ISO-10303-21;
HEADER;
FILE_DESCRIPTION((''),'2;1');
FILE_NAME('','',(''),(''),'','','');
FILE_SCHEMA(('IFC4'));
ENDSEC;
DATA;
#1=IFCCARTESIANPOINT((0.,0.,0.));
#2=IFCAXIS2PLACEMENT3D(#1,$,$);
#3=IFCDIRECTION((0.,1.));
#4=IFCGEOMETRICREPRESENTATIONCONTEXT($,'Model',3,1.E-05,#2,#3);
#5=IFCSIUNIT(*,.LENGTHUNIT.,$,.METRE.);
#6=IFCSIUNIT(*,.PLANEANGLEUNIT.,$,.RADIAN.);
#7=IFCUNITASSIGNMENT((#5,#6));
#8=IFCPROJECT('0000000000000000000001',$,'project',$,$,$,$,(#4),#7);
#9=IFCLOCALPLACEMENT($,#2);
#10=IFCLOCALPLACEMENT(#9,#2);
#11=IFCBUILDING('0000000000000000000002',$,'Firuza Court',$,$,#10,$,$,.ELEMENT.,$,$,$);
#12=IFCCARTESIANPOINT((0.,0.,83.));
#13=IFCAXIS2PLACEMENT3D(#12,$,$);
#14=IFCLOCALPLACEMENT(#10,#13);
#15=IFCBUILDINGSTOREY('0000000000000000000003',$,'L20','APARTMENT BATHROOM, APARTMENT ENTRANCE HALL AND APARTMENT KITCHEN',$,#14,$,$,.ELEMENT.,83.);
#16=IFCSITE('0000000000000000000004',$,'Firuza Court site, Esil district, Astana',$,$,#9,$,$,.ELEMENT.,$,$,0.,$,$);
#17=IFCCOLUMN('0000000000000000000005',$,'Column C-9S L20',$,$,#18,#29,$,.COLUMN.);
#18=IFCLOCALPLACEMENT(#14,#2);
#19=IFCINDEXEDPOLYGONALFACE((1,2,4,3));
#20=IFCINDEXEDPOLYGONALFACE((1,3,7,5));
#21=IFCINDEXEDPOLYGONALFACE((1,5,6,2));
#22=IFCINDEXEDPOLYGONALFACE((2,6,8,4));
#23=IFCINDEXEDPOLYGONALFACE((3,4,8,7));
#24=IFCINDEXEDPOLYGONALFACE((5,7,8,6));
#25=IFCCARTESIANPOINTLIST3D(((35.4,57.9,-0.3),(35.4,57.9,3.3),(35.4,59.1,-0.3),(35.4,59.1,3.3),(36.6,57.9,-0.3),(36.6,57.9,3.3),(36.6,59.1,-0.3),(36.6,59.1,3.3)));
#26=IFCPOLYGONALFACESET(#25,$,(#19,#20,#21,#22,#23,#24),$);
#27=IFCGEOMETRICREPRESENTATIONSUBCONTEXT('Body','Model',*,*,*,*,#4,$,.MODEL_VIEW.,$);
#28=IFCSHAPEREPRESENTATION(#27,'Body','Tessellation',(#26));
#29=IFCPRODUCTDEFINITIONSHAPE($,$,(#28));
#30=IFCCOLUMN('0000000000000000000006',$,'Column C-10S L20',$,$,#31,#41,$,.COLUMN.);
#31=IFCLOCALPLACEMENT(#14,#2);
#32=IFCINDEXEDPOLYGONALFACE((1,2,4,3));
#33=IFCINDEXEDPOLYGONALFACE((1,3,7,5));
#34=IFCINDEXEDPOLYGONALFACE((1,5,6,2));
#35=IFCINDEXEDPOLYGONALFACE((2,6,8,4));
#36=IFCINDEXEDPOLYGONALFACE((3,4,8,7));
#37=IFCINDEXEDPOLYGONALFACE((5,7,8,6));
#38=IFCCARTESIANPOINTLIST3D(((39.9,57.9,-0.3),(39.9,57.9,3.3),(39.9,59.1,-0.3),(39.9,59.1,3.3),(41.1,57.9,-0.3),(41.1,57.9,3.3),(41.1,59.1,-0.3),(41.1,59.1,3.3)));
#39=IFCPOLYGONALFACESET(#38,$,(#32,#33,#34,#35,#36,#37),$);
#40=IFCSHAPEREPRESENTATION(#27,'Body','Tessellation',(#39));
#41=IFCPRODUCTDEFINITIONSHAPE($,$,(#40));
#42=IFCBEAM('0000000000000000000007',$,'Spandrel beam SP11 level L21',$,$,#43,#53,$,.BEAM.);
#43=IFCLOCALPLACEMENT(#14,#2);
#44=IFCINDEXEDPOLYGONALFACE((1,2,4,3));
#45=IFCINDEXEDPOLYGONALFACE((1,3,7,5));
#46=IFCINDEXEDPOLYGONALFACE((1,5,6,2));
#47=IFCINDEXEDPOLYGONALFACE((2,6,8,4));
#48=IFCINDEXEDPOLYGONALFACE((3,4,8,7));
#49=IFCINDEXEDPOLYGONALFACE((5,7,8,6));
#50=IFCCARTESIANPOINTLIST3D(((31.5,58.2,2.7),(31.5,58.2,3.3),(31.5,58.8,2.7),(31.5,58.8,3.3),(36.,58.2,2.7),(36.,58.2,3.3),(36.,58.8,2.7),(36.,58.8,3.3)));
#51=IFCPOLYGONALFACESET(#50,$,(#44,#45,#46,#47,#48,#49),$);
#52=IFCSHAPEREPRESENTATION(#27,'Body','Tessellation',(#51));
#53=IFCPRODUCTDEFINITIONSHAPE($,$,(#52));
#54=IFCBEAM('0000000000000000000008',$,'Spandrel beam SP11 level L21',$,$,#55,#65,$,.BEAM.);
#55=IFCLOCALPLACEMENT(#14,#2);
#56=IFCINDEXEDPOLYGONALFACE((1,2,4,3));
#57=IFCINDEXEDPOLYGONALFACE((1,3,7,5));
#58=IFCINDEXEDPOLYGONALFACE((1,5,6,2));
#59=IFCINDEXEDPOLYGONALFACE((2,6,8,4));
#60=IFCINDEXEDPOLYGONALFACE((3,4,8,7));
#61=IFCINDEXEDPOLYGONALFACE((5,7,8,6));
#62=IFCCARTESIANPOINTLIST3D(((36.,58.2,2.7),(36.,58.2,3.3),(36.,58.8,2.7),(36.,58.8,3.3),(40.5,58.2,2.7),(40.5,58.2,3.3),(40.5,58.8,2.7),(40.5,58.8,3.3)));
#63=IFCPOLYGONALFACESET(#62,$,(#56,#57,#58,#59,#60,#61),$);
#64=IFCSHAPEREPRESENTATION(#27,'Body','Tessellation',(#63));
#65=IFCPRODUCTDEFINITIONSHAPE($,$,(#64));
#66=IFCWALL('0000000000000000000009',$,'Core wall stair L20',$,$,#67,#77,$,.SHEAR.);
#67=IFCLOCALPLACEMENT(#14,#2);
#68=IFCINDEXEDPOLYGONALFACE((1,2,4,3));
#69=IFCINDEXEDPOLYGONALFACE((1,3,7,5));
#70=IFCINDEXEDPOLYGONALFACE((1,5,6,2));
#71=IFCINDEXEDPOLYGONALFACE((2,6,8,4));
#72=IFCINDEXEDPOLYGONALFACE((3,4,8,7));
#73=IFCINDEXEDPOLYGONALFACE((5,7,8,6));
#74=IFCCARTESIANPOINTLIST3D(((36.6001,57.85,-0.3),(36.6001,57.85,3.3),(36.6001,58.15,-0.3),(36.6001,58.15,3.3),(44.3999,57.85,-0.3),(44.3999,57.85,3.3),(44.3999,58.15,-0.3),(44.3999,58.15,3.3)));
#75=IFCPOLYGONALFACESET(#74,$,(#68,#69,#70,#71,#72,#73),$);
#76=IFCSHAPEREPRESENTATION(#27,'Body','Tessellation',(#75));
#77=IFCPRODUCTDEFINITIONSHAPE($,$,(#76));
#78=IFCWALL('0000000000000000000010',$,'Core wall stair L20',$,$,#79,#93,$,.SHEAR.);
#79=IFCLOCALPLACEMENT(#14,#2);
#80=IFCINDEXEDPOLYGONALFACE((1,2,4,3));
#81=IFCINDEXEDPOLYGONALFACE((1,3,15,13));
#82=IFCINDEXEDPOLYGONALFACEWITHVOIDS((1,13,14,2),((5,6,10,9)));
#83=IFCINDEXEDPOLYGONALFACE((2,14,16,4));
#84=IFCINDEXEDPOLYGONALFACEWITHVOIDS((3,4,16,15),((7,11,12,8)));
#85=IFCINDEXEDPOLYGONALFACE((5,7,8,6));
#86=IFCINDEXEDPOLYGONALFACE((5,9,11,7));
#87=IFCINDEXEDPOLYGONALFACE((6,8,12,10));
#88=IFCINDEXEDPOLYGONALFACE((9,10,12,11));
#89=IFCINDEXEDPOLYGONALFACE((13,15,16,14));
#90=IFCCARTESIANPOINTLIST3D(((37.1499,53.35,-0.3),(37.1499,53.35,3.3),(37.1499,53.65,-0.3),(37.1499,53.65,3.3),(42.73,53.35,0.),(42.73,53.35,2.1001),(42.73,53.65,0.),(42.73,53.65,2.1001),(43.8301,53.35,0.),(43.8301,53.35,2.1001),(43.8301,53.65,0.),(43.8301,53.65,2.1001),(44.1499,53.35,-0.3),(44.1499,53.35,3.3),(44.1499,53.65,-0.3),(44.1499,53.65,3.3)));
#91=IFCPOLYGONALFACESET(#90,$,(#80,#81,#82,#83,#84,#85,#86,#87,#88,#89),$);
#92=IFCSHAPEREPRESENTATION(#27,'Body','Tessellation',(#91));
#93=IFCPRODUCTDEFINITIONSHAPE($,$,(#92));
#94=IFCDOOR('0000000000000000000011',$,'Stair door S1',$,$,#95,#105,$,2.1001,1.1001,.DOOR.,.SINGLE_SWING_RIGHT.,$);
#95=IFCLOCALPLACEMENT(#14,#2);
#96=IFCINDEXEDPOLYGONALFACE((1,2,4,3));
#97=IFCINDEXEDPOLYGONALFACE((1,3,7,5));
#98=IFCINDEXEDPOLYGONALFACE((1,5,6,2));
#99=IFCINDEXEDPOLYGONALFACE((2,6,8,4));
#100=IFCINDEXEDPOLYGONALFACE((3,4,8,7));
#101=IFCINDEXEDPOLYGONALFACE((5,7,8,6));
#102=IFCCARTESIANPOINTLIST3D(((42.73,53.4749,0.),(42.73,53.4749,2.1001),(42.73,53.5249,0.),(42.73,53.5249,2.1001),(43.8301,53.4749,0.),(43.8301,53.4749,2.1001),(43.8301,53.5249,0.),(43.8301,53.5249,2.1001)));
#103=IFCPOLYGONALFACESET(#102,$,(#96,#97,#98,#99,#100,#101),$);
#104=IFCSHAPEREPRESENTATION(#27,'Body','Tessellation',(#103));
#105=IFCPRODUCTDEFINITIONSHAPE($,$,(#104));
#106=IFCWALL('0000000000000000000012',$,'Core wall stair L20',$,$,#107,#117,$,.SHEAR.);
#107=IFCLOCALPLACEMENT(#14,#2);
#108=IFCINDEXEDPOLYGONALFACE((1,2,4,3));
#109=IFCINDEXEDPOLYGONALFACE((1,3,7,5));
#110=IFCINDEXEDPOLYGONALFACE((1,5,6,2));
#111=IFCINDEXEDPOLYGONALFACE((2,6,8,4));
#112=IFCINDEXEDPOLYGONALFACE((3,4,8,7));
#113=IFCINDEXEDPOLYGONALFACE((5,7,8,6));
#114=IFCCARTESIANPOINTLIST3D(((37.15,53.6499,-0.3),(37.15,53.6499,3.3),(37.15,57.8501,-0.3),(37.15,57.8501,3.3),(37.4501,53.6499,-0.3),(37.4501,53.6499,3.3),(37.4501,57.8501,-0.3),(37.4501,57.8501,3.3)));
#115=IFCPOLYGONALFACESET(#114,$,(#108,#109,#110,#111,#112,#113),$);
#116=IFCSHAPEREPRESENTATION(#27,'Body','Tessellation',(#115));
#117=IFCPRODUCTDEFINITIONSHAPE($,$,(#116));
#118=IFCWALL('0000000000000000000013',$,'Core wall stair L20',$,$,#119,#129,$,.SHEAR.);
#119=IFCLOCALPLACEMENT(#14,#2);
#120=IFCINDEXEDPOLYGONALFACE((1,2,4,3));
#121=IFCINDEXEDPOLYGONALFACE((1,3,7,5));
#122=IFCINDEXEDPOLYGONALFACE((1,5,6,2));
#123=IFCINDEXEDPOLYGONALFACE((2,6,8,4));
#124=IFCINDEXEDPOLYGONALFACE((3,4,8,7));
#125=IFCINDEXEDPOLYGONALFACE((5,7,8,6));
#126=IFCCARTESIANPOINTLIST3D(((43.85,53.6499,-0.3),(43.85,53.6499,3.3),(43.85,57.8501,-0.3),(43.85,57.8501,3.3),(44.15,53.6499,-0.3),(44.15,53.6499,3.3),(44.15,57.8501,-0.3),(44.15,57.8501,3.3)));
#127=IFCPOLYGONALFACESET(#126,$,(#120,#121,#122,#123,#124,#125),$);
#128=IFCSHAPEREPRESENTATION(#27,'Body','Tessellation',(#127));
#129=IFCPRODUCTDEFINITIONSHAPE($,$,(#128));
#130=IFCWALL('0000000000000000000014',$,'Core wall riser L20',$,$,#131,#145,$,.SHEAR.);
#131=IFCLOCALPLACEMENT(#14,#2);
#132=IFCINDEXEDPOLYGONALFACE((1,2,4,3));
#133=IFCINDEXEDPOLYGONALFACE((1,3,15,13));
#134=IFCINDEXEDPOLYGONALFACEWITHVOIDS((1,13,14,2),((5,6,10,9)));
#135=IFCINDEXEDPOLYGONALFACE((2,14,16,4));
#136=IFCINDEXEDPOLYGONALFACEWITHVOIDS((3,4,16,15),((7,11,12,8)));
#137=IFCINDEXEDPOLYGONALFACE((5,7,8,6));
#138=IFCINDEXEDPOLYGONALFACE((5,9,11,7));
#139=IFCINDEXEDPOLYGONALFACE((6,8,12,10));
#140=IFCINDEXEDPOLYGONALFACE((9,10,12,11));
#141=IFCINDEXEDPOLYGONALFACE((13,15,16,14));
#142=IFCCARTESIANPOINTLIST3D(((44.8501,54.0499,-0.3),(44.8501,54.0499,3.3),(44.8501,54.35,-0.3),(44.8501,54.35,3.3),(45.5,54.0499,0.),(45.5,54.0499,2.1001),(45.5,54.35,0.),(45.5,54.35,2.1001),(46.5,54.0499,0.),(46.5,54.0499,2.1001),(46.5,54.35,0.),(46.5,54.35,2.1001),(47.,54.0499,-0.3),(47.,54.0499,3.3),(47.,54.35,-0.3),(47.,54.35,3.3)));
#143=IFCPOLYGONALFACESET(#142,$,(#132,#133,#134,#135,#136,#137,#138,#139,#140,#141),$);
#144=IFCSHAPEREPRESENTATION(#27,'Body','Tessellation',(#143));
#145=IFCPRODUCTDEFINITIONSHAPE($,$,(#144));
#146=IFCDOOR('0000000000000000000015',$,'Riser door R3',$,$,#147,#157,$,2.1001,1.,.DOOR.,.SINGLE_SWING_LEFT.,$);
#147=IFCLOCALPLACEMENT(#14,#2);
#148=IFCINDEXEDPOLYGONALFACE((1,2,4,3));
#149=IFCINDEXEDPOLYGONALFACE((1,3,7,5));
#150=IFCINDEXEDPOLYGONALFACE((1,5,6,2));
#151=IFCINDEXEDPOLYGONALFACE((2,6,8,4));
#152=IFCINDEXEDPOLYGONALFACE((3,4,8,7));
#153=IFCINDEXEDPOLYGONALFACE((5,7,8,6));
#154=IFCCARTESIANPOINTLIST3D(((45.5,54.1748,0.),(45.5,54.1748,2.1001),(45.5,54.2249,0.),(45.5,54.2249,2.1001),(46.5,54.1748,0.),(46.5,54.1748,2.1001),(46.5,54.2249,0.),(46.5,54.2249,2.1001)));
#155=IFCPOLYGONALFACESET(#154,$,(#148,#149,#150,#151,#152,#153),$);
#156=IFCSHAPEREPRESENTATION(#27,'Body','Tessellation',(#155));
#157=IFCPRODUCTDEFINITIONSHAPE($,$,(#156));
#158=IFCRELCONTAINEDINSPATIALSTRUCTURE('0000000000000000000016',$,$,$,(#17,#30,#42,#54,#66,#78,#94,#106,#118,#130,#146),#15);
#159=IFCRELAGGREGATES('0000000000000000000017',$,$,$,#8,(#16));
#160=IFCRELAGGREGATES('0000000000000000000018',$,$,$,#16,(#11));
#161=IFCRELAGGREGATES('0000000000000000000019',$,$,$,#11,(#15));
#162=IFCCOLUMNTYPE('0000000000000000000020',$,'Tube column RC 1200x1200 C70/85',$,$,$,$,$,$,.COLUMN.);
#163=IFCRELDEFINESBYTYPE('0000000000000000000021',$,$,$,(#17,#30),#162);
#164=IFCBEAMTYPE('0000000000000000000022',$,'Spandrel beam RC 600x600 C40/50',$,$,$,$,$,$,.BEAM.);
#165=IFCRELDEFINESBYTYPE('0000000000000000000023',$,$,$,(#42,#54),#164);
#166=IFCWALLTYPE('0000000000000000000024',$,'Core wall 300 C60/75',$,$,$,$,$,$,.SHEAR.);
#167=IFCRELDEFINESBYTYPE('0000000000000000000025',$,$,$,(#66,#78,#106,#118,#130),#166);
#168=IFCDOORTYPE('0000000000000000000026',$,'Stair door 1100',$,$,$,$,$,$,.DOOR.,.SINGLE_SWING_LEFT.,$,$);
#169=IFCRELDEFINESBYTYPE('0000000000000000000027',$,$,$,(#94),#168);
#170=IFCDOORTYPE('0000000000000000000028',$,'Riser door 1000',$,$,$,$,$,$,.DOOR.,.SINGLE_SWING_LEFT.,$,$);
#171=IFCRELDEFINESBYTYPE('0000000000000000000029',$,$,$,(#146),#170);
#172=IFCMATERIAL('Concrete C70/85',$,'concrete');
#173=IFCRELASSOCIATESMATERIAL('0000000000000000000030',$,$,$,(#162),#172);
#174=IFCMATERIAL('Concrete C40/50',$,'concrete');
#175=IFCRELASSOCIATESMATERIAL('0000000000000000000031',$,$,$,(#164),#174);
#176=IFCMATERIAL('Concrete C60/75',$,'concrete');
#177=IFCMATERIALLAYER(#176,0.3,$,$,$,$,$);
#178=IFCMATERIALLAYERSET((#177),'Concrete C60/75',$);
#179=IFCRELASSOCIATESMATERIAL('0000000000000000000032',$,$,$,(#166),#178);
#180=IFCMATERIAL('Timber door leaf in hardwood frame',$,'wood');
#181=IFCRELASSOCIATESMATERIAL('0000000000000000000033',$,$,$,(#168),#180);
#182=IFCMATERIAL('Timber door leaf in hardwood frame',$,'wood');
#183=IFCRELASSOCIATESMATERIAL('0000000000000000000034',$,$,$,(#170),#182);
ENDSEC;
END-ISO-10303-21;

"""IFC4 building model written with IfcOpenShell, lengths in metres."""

from ifc_helpers import new_model, si_unit, direction, frame, frame_2d, origin, origin_2d, place, context, subcontext, project, spatial, rectangle, extrude, material, layer, layer_set, material_profile, profile_set, type_object, element, fill, save


model = new_model("IFC4")

# Units and contexts
model_context = context("Model", 3, precision=1e-05, world=origin(), true_north=direction((0.0, 1.0)))
body_context = subcontext(model_context, "Body", "Model", "MODEL_VIEW")
ifc_project = project(units=[si_unit("LENGTHUNIT", "METRE"), si_unit("PLANEANGLEUNIT", "RADIAN")], contexts=[model_context])

# Site, building, storey
site_placement = place(None, origin())
site = spatial("IfcSite", under=ifc_project, at=site_placement, Name="Firuza Court site, Esil district, Astana", CompositionType="ELEMENT", RefElevation=0.0)
building_placement = place(site_placement, origin())
building = spatial("IfcBuilding", under=site, at=building_placement, Name="Firuza Court", CompositionType="ELEMENT")
storey_placement = place(building_placement, frame((0.0, 0.0, 83.0)))
storey = spatial("IfcBuildingStorey", under=building, at=storey_placement, Name="L20", Description="APARTMENT BATHROOM, APARTMENT ENTRANCE HALL AND APARTMENT KITCHEN", CompositionType="ELEMENT", Elevation=83.0)

# Columns
ifc_material_1 = material(Name="Concrete C70/85", Category="concrete")
ifc_material_profile_1 = material_profile(ifc_material_1, rectangle(XDim=1.2, YDim=1.2, at=origin_2d()), Name="RC 1200x1200")
ifc_profile_set_1 = profile_set([ifc_material_profile_1], Name="Concrete C70/85")
column_type = type_object("IfcColumnType", Name="Tube column RC 1200x1200 C70/85", PredefinedType="COLUMN", material=ifc_profile_set_1)
for number, where, z_axis, x_axis, name in (
    (1, (36.0, 58.5, -0.3), (0.0, 0.0, 1.0), (1.0, 0.0, 0.0), "Column C-9S L20"),
    (2, (40.5, 58.5, -0.3), (0.0, 0.0, 1.0), (1.0, 0.0, 0.0), "Column C-10S L20"),
):
    element("IfcColumn", number, at=place(storey_placement, frame(where, z_axis=z_axis, x_axis=x_axis)), inside=storey, type_object=column_type, Name=name, PredefinedType="COLUMN", context=body_context, shape_type="SweptSolid", body=[
        extrude(rectangle(XDim=1.2, YDim=1.2, at=origin_2d()), origin(), (0.0, 0.0, 1.0), 3.6001),
    ])

# Beams
ifc_material_2 = material(Name="Concrete C40/50", Category="concrete")
ifc_material_profile_2 = material_profile(ifc_material_2, rectangle(XDim=0.6001, YDim=0.6001, at=origin_2d()), Name="RC 600x600")
ifc_profile_set_2 = profile_set([ifc_material_profile_2], Name="Concrete C40/50")
beam_type = type_object("IfcBeamType", Name="Spandrel beam RC 600x600 C40/50", PredefinedType="BEAM", material=ifc_profile_set_2)
for number, where, z_axis, x_axis, name in (
    (3, (36.0, 58.5, 3.0), (-1.0, 0.0, 0.0), (0.0, -1.0, 0.0), "Spandrel beam SP11 level L21"),
    (4, (40.5, 58.5, 3.0), (-1.0, 0.0, 0.0), (0.0, -1.0, 0.0), "Spandrel beam SP11 level L21"),
):
    element("IfcBeam", number, at=place(storey_placement, frame(where, z_axis=z_axis, x_axis=x_axis)), inside=storey, type_object=beam_type, Name=name, PredefinedType="BEAM", context=body_context, shape_type="SweptSolid", body=[
        extrude(rectangle(XDim=0.6001, YDim=0.6001, at=origin_2d()), origin(), (0.0, 0.0, 1.0), 4.5),
    ])

# Wall
ifc_material_3 = material(Name="Concrete C60/75", Category="concrete")
ifc_layer_1 = layer(ifc_material_3, 0.3)
ifc_layer_set_1 = layer_set([ifc_layer_1], Name="Concrete C60/75")
wall_type_1 = type_object("IfcWallType", Name="Core wall 300 C60/75", PredefinedType="SHEAR", material=ifc_layer_set_1)
wall_1_placement = place(storey_placement, frame((36.6001, 58.0, -0.3), z_axis=(0.0, 0.0, 1.0), x_axis=(1.0, 0.0, 0.0)))
element("IfcWall", 5, at=wall_1_placement, inside=storey, type_object=wall_type_1, Name="Core wall stair L20", PredefinedType="SHEAR", context=body_context, shape_type="SweptSolid", body=[
    extrude(rectangle(XDim=7.7998, YDim=0.3, at=frame_2d((3.8999, 0.0))), origin(), (0.0, 0.0, 1.0), 3.6001),
])

# Wall, opening, door
wall_2_placement = place(storey_placement, frame((37.1499, 53.5, -0.3), z_axis=(0.0, 0.0, 1.0), x_axis=(1.0, 0.0, 0.0)))
wall_2 = element("IfcWall", 6, at=wall_2_placement, inside=storey, type_object=wall_type_1, Name="Core wall stair L20", PredefinedType="SHEAR", context=body_context, shape_type="SweptSolid", body=[
    extrude(rectangle(XDim=7.0, YDim=0.3, at=frame_2d((3.5, 0.0))), origin(), (0.0, 0.0, 1.0), 3.6001),
])
opening_1_placement = place(wall_2_placement, frame((5.5801, 0.0, 0.3)))
opening_1 = element("IfcOpeningElement", 7, at=opening_1_placement, cuts=wall_2, PredefinedType="OPENING", context=body_context, shape_type="SweptSolid", body=[
    extrude(rectangle(XDim=1.1001, YDim=2.1001, at=frame_2d((0.55, 1.05))), frame((0.0, 0.1621, 0.0), z_axis=(0.0, -1.0, 0.0), x_axis=(1.0, 0.0, 0.0)), (0.0, 0.0, 1.0), 0.324),
])
ifc_material_4 = material(Name="Timber door leaf in hardwood frame", Category="wood")
door_type_1 = type_object("IfcDoorType", Name="Stair door 1100", OperationType="SINGLE_SWING_LEFT", PredefinedType="DOOR", material=ifc_material_4)
door_1_placement = place(opening_1_placement, origin())
door_1 = element("IfcDoor", 8, at=door_1_placement, inside=storey, type_object=door_type_1, Name="Stair door S1", OperationType="SINGLE_SWING_RIGHT", OverallHeight=2.1001, OverallWidth=1.1001, PredefinedType="DOOR", context=body_context, shape_type="SweptSolid", body=[
    extrude(rectangle(XDim=1.1001, YDim=2.1001, at=frame_2d((0.55, 1.05))), frame((0.0, 0.0249, 0.0), z_axis=(0.0, -1.0, 0.0), x_axis=(1.0, 0.0, 0.0)), (0.0, 0.0, 1.0), 0.05),
])
fill(opening_1, door_1)

# Walls
for number, where, z_axis, x_axis, name in (
    (9, (37.3, 53.6499, -0.3), (0.0, 0.0, 1.0), (0.0, 1.0, 0.0), "Core wall stair L20"),
    (10, (44.0, 53.6499, -0.3), (0.0, 0.0, 1.0), (0.0, 1.0, 0.0), "Core wall stair L20"),
):
    element("IfcWall", number, at=place(storey_placement, frame(where, z_axis=z_axis, x_axis=x_axis)), inside=storey, type_object=wall_type_1, Name=name, PredefinedType="SHEAR", context=body_context, shape_type="SweptSolid", body=[
        extrude(rectangle(XDim=4.2002, YDim=0.3, at=frame_2d((2.1001, 0.0))), origin(), (0.0, 0.0, 1.0), 3.6001),
    ])

# Wall, opening, door
wall_3_placement = place(storey_placement, frame((44.8501, 54.2, -0.3), z_axis=(0.0, 0.0, 1.0), x_axis=(1.0, 0.0, 0.0)))
wall_3 = element("IfcWall", 11, at=wall_3_placement, inside=storey, type_object=wall_type_1, Name="Core wall riser L20", PredefinedType="SHEAR", context=body_context, shape_type="SweptSolid", body=[
    extrude(rectangle(XDim=2.1499, YDim=0.3, at=frame_2d((1.075, 0.0))), origin(), (0.0, 0.0, 1.0), 3.6001),
])
opening_2_placement = place(wall_3_placement, frame((0.6499, 0.0, 0.3)))
opening_2 = element("IfcOpeningElement", 12, at=opening_2_placement, cuts=wall_3, PredefinedType="OPENING", context=body_context, shape_type="SweptSolid", body=[
    extrude(rectangle(XDim=1.0, YDim=2.1001, at=frame_2d((0.5, 1.05))), frame((0.0, 0.1621, 0.0), z_axis=(0.0, -1.0, 0.0), x_axis=(1.0, 0.0, 0.0)), (0.0, 0.0, 1.0), 0.324),
])
ifc_material_5 = material(Name="Timber door leaf in hardwood frame", Category="wood")
door_type_2 = type_object("IfcDoorType", Name="Riser door 1000", OperationType="SINGLE_SWING_LEFT", PredefinedType="DOOR", material=ifc_material_5)
door_2_placement = place(opening_2_placement, origin())
door_2 = element("IfcDoor", 13, at=door_2_placement, inside=storey, type_object=door_type_2, Name="Riser door R3", OperationType="SINGLE_SWING_LEFT", OverallHeight=2.1001, OverallWidth=1.0, PredefinedType="DOOR", context=body_context, shape_type="SweptSolid", body=[
    extrude(rectangle(XDim=1.0, YDim=2.1001, at=frame_2d((0.5, 1.05))), frame((0.0, 0.0249, 0.0), z_axis=(0.0, -1.0, 0.0), x_axis=(1.0, 0.0, 0.0)), (0.0, 0.0, 1.0), 0.05),
])
fill(opening_2, door_2)

save(model, "model.ifc")
